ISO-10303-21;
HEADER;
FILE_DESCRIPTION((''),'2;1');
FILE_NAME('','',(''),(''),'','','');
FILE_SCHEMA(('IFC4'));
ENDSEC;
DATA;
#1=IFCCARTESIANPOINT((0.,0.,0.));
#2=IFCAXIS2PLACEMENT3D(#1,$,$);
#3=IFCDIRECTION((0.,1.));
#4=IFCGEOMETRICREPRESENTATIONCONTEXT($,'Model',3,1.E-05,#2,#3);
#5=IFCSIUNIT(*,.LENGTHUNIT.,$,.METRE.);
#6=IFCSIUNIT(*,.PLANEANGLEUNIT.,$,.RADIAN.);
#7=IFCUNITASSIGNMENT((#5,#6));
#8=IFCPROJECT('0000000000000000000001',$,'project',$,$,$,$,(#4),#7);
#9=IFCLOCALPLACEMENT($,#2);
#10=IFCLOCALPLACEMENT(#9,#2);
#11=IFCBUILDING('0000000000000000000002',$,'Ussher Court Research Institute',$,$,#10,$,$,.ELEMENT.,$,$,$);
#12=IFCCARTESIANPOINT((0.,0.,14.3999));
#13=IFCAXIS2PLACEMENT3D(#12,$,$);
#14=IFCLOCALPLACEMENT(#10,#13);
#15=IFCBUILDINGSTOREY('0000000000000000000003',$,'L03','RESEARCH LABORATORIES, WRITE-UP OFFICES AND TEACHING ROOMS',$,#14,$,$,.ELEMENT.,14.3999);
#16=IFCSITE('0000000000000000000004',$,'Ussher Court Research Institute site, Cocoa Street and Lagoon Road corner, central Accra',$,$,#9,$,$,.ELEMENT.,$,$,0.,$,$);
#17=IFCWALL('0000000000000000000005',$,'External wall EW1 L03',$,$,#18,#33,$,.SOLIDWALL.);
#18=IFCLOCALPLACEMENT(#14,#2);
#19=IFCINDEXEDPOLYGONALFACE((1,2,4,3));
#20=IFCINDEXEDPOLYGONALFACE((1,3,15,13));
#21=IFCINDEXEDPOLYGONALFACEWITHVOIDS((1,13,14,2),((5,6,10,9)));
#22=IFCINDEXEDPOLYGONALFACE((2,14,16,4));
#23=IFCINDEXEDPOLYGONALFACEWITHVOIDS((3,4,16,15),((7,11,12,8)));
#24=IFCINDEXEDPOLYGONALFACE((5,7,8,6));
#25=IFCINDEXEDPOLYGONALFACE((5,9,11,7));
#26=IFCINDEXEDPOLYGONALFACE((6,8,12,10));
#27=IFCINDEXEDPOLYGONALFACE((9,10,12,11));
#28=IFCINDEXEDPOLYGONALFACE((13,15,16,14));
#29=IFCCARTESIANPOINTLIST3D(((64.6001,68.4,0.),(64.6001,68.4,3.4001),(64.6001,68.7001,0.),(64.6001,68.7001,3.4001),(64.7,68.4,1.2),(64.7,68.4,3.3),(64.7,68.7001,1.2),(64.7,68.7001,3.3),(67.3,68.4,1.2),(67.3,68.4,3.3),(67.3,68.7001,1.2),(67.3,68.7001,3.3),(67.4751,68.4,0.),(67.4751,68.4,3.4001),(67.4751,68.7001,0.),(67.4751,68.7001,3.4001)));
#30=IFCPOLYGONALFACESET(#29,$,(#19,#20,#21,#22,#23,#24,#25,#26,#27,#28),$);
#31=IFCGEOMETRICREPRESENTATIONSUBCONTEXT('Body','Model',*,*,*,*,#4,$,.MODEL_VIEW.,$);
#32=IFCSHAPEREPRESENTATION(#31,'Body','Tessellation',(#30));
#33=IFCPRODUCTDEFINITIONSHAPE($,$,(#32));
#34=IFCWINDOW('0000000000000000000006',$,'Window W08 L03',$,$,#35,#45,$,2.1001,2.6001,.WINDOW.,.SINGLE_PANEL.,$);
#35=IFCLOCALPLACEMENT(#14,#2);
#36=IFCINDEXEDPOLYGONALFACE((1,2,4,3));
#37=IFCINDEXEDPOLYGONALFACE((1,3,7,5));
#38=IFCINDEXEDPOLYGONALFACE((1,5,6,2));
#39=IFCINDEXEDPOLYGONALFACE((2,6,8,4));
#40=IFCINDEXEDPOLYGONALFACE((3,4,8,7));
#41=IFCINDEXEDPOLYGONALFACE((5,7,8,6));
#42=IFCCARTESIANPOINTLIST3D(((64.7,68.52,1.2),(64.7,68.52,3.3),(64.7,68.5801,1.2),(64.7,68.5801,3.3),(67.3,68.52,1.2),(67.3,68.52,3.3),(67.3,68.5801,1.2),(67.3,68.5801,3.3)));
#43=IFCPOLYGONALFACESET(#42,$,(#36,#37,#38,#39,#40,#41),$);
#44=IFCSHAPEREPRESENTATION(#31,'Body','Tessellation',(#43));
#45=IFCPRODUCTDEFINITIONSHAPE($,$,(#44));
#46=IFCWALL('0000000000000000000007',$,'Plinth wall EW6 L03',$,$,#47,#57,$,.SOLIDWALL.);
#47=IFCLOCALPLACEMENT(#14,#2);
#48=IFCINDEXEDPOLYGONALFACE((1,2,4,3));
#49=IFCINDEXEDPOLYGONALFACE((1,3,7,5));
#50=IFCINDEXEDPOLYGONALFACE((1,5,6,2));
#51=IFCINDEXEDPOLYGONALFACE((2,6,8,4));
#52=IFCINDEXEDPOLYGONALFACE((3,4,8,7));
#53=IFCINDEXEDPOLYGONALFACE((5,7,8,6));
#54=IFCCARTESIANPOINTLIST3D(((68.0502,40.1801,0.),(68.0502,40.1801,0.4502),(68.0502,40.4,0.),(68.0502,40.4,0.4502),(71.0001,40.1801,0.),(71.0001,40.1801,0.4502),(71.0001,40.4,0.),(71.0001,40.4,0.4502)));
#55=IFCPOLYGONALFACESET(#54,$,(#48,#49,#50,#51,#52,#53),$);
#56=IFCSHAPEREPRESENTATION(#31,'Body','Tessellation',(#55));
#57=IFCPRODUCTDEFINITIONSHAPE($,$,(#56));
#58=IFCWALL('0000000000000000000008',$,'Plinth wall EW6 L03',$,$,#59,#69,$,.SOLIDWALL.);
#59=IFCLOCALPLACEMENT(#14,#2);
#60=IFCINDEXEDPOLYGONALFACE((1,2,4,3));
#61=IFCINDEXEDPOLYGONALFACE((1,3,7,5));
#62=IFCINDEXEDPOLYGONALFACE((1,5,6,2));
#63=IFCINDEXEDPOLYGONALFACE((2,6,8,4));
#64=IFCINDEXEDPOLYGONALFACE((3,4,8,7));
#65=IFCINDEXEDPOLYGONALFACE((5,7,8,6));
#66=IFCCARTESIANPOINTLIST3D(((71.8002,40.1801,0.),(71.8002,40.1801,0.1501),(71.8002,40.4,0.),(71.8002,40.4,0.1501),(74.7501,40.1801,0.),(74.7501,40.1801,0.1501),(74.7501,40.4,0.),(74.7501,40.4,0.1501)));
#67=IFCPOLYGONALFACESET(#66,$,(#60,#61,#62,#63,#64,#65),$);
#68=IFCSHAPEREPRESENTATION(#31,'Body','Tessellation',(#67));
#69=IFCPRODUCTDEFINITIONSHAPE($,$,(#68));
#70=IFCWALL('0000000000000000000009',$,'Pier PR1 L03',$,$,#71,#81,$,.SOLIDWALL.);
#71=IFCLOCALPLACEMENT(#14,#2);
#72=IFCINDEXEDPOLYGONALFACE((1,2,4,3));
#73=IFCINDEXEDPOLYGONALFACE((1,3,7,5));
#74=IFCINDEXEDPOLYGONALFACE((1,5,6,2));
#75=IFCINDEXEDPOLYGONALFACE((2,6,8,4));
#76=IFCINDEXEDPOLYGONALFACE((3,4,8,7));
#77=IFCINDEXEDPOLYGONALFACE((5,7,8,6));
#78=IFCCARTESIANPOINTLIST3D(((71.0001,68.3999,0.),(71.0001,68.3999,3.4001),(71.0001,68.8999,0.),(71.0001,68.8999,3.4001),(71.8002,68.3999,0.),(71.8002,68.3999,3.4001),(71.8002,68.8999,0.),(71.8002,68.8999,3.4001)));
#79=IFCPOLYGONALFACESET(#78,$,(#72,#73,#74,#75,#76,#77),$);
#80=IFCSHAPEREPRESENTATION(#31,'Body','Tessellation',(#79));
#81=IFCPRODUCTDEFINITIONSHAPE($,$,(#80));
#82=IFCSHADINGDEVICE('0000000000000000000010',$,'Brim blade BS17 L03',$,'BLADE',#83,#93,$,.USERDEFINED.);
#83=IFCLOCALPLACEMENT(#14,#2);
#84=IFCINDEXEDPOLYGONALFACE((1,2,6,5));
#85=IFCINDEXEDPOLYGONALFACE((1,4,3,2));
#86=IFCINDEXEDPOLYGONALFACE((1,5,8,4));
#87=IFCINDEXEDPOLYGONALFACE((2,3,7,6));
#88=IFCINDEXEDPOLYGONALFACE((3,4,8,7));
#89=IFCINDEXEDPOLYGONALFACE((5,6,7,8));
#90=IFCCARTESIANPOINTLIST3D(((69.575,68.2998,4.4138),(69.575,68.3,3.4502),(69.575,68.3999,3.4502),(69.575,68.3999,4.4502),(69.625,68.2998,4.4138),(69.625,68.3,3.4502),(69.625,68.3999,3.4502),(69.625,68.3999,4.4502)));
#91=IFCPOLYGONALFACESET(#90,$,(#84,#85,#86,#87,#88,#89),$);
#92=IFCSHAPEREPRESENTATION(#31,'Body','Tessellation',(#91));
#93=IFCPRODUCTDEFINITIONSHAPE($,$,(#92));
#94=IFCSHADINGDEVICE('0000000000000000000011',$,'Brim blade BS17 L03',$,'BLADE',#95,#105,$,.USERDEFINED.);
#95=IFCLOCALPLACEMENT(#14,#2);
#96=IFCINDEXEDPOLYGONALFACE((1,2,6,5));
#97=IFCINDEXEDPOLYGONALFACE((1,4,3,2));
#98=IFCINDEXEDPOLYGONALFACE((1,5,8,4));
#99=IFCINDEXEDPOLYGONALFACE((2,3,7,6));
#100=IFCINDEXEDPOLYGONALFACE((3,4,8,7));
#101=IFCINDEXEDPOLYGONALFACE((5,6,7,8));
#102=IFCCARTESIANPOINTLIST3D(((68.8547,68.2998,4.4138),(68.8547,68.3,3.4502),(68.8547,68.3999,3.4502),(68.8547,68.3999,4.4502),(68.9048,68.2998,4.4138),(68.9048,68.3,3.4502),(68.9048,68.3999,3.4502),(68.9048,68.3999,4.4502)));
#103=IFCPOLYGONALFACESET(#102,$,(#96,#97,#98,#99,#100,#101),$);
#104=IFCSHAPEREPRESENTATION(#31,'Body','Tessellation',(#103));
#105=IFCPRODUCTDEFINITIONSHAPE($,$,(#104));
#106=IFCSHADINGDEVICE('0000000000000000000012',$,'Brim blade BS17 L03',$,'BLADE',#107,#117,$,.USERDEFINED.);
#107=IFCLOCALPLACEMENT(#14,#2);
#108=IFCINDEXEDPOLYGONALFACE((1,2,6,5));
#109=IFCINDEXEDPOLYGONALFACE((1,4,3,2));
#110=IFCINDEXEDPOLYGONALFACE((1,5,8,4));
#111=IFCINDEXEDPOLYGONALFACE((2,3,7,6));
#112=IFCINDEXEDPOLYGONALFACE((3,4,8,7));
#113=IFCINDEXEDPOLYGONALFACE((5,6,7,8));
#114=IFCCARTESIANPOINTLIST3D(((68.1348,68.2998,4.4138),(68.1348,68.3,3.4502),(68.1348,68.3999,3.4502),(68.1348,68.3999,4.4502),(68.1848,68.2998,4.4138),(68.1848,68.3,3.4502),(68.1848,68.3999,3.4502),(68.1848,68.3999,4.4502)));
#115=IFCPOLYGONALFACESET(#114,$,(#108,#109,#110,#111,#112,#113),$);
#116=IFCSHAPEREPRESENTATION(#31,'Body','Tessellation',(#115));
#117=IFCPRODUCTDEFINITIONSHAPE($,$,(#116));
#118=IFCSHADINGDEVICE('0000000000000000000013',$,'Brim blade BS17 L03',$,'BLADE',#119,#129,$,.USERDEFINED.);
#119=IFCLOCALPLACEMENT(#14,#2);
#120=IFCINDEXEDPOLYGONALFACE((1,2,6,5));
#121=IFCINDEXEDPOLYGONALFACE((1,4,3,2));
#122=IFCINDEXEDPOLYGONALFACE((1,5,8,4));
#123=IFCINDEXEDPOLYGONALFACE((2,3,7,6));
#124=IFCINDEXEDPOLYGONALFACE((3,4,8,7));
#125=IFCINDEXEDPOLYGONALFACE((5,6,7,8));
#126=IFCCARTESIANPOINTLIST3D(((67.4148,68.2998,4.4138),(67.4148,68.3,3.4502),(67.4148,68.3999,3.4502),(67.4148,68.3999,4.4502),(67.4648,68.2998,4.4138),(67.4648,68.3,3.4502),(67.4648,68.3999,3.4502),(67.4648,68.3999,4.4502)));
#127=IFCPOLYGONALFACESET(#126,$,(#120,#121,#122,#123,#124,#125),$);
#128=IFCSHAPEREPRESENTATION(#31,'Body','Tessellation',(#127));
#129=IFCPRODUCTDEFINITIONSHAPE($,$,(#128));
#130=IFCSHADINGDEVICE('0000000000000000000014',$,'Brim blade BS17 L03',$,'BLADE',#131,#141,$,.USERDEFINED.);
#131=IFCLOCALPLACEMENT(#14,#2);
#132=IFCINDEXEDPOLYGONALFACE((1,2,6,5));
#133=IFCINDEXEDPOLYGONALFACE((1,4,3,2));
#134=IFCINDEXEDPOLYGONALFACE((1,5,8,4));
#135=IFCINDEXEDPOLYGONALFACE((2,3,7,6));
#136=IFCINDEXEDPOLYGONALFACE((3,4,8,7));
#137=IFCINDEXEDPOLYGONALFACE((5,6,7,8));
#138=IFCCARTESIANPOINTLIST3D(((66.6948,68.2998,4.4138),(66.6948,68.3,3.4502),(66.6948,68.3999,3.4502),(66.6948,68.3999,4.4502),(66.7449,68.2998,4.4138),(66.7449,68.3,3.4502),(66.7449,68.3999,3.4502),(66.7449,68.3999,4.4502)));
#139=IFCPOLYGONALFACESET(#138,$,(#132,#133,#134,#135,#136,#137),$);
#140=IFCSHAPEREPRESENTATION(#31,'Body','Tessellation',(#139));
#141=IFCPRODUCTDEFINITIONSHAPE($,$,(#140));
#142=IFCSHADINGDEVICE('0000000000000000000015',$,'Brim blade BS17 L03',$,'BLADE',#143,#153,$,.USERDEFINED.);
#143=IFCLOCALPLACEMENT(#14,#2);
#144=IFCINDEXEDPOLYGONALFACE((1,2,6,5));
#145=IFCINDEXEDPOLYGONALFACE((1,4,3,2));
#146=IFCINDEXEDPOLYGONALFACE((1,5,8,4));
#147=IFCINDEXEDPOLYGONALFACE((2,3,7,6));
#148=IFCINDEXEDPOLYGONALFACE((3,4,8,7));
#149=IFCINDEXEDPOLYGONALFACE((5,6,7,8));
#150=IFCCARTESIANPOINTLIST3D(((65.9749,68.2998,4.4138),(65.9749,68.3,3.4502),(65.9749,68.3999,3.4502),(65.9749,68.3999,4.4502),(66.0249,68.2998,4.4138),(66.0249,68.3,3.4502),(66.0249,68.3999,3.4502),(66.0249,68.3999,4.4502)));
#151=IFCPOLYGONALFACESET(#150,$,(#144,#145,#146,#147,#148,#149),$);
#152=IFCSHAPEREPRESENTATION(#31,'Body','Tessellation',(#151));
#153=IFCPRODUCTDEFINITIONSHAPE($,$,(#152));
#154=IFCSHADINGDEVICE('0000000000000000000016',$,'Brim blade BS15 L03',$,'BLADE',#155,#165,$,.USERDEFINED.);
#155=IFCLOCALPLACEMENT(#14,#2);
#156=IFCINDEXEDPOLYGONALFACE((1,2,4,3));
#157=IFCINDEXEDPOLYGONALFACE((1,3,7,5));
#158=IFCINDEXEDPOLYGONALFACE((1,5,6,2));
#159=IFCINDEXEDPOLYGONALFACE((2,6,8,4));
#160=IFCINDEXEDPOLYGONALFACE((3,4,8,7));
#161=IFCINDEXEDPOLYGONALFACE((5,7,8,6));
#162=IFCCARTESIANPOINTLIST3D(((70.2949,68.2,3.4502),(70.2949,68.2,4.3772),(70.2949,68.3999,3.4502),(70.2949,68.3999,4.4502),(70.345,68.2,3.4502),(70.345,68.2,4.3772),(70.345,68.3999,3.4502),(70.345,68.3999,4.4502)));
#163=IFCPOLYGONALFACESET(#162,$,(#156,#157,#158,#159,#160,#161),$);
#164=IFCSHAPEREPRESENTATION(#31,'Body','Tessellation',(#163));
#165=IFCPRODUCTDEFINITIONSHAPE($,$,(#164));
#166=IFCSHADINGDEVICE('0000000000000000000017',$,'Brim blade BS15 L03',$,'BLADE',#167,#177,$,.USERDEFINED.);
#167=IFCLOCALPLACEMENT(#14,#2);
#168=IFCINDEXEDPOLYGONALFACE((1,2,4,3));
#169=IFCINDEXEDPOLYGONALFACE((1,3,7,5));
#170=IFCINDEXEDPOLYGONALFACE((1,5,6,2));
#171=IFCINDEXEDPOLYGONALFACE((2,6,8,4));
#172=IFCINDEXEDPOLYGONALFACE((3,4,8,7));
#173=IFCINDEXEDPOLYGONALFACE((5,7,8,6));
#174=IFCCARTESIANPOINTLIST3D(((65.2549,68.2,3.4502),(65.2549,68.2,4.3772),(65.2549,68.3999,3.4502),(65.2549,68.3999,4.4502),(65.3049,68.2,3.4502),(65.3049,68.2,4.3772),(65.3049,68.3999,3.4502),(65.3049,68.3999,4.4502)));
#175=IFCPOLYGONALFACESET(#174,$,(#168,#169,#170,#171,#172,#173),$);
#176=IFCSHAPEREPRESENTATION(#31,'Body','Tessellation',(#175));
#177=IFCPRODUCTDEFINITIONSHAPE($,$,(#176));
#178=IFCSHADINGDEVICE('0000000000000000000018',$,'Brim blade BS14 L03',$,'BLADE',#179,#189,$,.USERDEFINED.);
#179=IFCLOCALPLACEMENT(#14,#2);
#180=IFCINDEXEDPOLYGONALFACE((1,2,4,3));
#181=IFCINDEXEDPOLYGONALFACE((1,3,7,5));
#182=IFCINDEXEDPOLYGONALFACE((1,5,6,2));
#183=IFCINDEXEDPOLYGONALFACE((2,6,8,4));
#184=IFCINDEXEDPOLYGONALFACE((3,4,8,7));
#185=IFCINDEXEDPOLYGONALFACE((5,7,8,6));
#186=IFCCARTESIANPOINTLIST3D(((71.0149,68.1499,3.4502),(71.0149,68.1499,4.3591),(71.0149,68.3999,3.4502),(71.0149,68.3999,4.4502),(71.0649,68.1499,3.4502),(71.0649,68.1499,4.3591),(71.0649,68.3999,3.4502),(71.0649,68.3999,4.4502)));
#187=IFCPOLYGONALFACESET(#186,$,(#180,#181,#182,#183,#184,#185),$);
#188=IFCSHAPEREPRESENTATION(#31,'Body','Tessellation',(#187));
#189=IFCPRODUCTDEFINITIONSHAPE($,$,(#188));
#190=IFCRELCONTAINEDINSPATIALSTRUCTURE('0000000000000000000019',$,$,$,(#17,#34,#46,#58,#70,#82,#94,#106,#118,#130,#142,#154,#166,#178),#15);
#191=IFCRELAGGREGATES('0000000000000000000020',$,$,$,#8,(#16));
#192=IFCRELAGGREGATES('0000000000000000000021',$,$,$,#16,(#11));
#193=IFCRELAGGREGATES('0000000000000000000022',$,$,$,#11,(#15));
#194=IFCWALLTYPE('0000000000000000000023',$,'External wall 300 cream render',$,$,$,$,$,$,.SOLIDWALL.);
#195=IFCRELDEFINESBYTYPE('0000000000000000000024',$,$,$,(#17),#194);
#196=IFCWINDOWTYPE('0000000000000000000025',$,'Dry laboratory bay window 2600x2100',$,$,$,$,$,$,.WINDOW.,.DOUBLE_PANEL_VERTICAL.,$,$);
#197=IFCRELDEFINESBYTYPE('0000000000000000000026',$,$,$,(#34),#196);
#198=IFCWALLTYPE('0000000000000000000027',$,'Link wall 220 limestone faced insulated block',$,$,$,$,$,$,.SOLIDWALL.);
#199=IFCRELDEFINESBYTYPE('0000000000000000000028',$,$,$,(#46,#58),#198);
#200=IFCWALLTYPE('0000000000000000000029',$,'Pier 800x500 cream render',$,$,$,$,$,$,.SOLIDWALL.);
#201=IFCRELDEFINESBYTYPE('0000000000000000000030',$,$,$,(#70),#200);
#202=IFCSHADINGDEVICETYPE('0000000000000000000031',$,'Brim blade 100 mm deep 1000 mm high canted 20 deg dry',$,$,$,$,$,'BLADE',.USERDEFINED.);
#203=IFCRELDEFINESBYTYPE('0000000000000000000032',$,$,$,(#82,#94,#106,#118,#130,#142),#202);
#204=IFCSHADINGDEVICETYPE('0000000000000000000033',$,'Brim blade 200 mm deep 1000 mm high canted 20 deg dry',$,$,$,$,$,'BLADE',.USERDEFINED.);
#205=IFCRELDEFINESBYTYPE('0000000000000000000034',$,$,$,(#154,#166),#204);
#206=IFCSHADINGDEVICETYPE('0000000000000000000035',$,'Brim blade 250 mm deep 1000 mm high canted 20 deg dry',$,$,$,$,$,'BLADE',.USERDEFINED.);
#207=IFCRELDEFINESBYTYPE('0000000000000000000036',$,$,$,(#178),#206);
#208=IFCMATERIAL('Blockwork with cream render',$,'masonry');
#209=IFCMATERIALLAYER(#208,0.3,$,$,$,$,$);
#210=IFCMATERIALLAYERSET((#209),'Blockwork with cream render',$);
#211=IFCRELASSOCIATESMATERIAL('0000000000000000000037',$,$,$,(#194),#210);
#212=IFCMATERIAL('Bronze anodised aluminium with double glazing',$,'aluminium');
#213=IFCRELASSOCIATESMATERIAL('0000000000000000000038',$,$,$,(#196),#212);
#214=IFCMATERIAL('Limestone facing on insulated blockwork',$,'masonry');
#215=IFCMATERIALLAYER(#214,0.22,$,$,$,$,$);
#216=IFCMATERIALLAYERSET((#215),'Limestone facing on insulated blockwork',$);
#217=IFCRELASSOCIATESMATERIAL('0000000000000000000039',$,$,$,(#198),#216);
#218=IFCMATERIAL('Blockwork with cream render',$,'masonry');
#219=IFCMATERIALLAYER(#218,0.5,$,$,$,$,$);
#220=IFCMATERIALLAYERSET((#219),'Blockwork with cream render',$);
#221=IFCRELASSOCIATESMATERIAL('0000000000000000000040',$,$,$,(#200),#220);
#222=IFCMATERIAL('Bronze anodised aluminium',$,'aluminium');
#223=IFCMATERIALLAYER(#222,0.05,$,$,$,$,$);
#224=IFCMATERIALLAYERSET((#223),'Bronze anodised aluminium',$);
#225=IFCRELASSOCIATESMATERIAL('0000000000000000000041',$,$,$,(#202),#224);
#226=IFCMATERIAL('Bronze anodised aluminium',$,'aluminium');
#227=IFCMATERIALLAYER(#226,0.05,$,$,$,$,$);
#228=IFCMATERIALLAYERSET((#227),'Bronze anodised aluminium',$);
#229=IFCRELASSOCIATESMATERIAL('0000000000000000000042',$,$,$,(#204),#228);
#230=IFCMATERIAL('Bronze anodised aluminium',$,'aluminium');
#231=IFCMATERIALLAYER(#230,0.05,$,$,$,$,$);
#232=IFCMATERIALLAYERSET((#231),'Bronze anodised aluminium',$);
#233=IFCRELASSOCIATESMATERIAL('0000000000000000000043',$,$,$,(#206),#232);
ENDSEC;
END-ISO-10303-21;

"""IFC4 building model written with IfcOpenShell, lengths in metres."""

from ifc_helpers import new_model, si_unit, direction, frame, frame_2d, origin, place, context, subcontext, project, spatial, polyline, rectangle, outline, extrude, material, layer, layer_set, type_object, element, fill, save


model = new_model("IFC4")

# Units and contexts
model_context = context("Model", 3, precision=1e-05, world=origin(), true_north=direction((0.0, 1.0)))
body_context = subcontext(model_context, "Body", "Model", "MODEL_VIEW")
ifc_project = project(units=[si_unit("LENGTHUNIT", "METRE"), si_unit("PLANEANGLEUNIT", "RADIAN")], contexts=[model_context])

# Site, building, storey
site_placement = place(None, origin())
site = spatial("IfcSite", under=ifc_project, at=site_placement, Name="Ussher Court Research Institute site, Cocoa Street and Lagoon Road corner, central Accra", CompositionType="ELEMENT", RefElevation=0.0)
building_placement = place(site_placement, origin())
building = spatial("IfcBuilding", under=site, at=building_placement, Name="Ussher Court Research Institute", CompositionType="ELEMENT")
storey_placement = place(building_placement, frame((0.0, 0.0, 14.3999)))
storey = spatial("IfcBuildingStorey", under=building, at=storey_placement, Name="L03", Description="RESEARCH LABORATORIES, WRITE-UP OFFICES AND TEACHING ROOMS", CompositionType="ELEMENT", Elevation=14.3999)

# Wall, opening, window
ifc_material_1 = material(Name="Blockwork with cream render", Category="masonry")
ifc_layer_1 = layer(ifc_material_1, 0.3)
ifc_layer_set_1 = layer_set([ifc_layer_1], Name="Blockwork with cream render")
wall_type_1 = type_object("IfcWallType", Name="External wall 300 cream render", PredefinedType="SOLIDWALL", material=ifc_layer_set_1)
ifc_material_2 = material(Name="Bronze anodised aluminium with double glazing", Category="aluminium")
window_type = type_object("IfcWindowType", Name="Dry laboratory bay window 2600x2100", PartitioningType="DOUBLE_PANEL_VERTICAL", PredefinedType="WINDOW", material=ifc_material_2)
wall_1_placement = place(storey_placement, frame((67.4751, 68.55, 0.0), z_axis=(0.0, 0.0, 1.0), x_axis=(-1.0, 0.0, 0.0)))
wall_1 = element("IfcWall", 1, at=wall_1_placement, inside=storey, type_object=wall_type_1, Name="External wall EW1 L03", PredefinedType="SOLIDWALL", context=body_context, shape_type="SweptSolid", body=[
    extrude(rectangle(XDim=2.875, YDim=0.3, at=frame_2d((1.4375, 0.0))), origin(), (0.0, 0.0, 1.0), 3.4001),
])
opening_1_placement = place(wall_1_placement, frame((0.175, 0.0, 1.2)))
opening_1 = element("IfcOpeningElement", 2, at=opening_1_placement, cuts=wall_1, PredefinedType="OPENING", context=body_context, shape_type="SweptSolid", body=[
    extrude(rectangle(XDim=2.6001, YDim=2.1001, at=frame_2d((1.3, 1.05))), frame((0.0, 0.1602, 0.0), z_axis=(0.0, -1.0, 0.0), x_axis=(1.0, 0.0, 0.0)), (0.0, 0.0, 1.0), 0.3201),
])
window_1_placement = place(opening_1_placement, origin())
window_1 = element("IfcWindow", 3, at=window_1_placement, inside=storey, type_object=window_type, Name="Window W08 L03", OverallHeight=2.1001, OverallWidth=2.6001, PartitioningType="SINGLE_PANEL", PredefinedType="WINDOW", context=body_context, shape_type="SweptSolid", body=[
    extrude(rectangle(XDim=2.6001, YDim=2.1001, at=frame_2d((1.3, 1.05))), frame((0.0, 0.03, 0.0), z_axis=(0.0, -1.0, 0.0), x_axis=(1.0, 0.0, 0.0)), (0.0, 0.0, 1.0), 0.0601),
])
fill(opening_1, window_1)

# Walls
ifc_material_3 = material(Name="Limestone facing on insulated blockwork", Category="masonry")
ifc_layer_2 = layer(ifc_material_3, 0.22)
ifc_layer_set_2 = layer_set([ifc_layer_2], Name="Limestone facing on insulated blockwork")
wall_type_2 = type_object("IfcWallType", Name="Link wall 220 limestone faced insulated block", PredefinedType="SOLIDWALL", material=ifc_layer_set_2)
wall_2_placement = place(storey_placement, frame((68.05, 40.29, 0.0), z_axis=(0.0, 0.0, 1.0), x_axis=(1.0, 0.0, 0.0)))
element("IfcWall", 4, at=wall_2_placement, inside=storey, type_object=wall_type_2, Name="Plinth wall EW6 L03", PredefinedType="SOLIDWALL", context=body_context, shape_type="SweptSolid", body=[
    extrude(rectangle(XDim=2.95, YDim=0.22, at=frame_2d((1.4751, 0.0))), origin(), (0.0, 0.0, 1.0), 0.4502),
])
wall_3_placement = place(storey_placement, frame((71.8, 40.29, 0.0), z_axis=(0.0, 0.0, 1.0), x_axis=(1.0, 0.0, 0.0)))
element("IfcWall", 5, at=wall_3_placement, inside=storey, type_object=wall_type_2, Name="Plinth wall EW6 L03", PredefinedType="SOLIDWALL", context=body_context, shape_type="SweptSolid", body=[
    extrude(rectangle(XDim=2.95, YDim=0.22, at=frame_2d((1.4751, 0.0))), origin(), (0.0, 0.0, 1.0), 0.1501),
])
ifc_material_4 = material(Name="Blockwork with cream render", Category="masonry")
ifc_layer_3 = layer(ifc_material_4, 0.5)
ifc_layer_set_3 = layer_set([ifc_layer_3], Name="Blockwork with cream render")
wall_type_3 = type_object("IfcWallType", Name="Pier 800x500 cream render", PredefinedType="SOLIDWALL", material=ifc_layer_set_3)
wall_4_placement = place(storey_placement, frame((71.8, 68.6499, 0.0), z_axis=(0.0, 0.0, 1.0), x_axis=(-1.0, 0.0, 0.0)))
element("IfcWall", 6, at=wall_4_placement, inside=storey, type_object=wall_type_3, Name="Pier PR1 L03", PredefinedType="SOLIDWALL", context=body_context, shape_type="SweptSolid", body=[
    extrude(rectangle(XDim=0.8, YDim=0.5, at=frame_2d((0.3999, 0.0))), origin(), (0.0, 0.0, 1.0), 3.4001),
])

# Shading devices
ifc_material_5 = material(Name="Bronze anodised aluminium", Category="aluminium")
ifc_layer_4 = layer(ifc_material_5, 0.05)
ifc_layer_set_4 = layer_set([ifc_layer_4], Name="Bronze anodised aluminium")
shading_device_type_1 = type_object("IfcShadingDeviceType", Name="Brim blade 100 mm deep 1000 mm high canted 20 deg dry", ElementType="BLADE", PredefinedType="USERDEFINED", material=ifc_layer_set_4)
for number, where, z_axis, x_axis, name in (
    (7, (69.6001, 68.3999, 3.4502), (0.0, 0.0, 1.0), (0.0, -1.0, 0.0), "Brim blade BS17 L03"),
    (8, (68.8799, 68.3999, 3.4502), (0.0, 0.0, 1.0), (0.0, -1.0, 0.0), "Brim blade BS17 L03"),
    (9, (68.1599, 68.3999, 3.4502), (0.0, 0.0, 1.0), (0.0, -1.0, 0.0), "Brim blade BS17 L03"),
    (10, (67.4399, 68.3999, 3.4502), (0.0, 0.0, 1.0), (0.0, -1.0, 0.0), "Brim blade BS17 L03"),
    (11, (66.72, 68.3999, 3.4502), (0.0, 0.0, 1.0), (0.0, -1.0, 0.0), "Brim blade BS17 L03"),
    (12, (66.0, 68.3999, 3.4502), (0.0, 0.0, 1.0), (0.0, -1.0, 0.0), "Brim blade BS17 L03"),
):
    element("IfcShadingDevice", number, at=place(storey_placement, frame(where, z_axis=z_axis, x_axis=x_axis)), inside=storey, type_object=shading_device_type_1, Name=name, ObjectType="BLADE", PredefinedType="USERDEFINED", context=body_context, shape_type="SweptSolid", body=[
        extrude(outline(polyline([(0.0, 0.0), (0.0999, 0.0), (0.1001, 0.9636), (0.0, 1.0), (0.0, 0.0)])), frame((0.0, 0.0249, 0.0), z_axis=(0.0, -1.0, 0.0), x_axis=(1.0, 0.0, 0.0)), (0.0, 0.0, 1.0), 0.05),
    ])
ifc_material_6 = material(Name="Bronze anodised aluminium", Category="aluminium")
ifc_layer_5 = layer(ifc_material_6, 0.05)
ifc_layer_set_5 = layer_set([ifc_layer_5], Name="Bronze anodised aluminium")
shading_device_type_2 = type_object("IfcShadingDeviceType", Name="Brim blade 200 mm deep 1000 mm high canted 20 deg dry", ElementType="BLADE", PredefinedType="USERDEFINED", material=ifc_layer_set_5)
for number, where, z_axis, x_axis, name in (
    (13, (70.3201, 68.3999, 3.4502), (0.0, 0.0, 1.0), (0.0, -1.0, 0.0), "Brim blade BS15 L03"),
    (14, (65.28, 68.3999, 3.4502), (0.0, 0.0, 1.0), (0.0, -1.0, 0.0), "Brim blade BS15 L03"),
):
    element("IfcShadingDevice", number, at=place(storey_placement, frame(where, z_axis=z_axis, x_axis=x_axis)), inside=storey, type_object=shading_device_type_2, Name=name, ObjectType="BLADE", PredefinedType="USERDEFINED", context=body_context, shape_type="SweptSolid", body=[
        extrude(outline(polyline([(0.0, 0.0), (0.2, 0.0), (0.2, 0.927), (0.0, 1.0), (0.0, 0.0)])), frame((0.0, 0.0249, 0.0), z_axis=(0.0, -1.0, 0.0), x_axis=(1.0, 0.0, 0.0)), (0.0, 0.0, 1.0), 0.05),
    ])
ifc_material_7 = material(Name="Bronze anodised aluminium", Category="aluminium")
ifc_layer_6 = layer(ifc_material_7, 0.05)
ifc_layer_set_6 = layer_set([ifc_layer_6], Name="Bronze anodised aluminium")
shading_device_type_3 = type_object("IfcShadingDeviceType", Name="Brim blade 250 mm deep 1000 mm high canted 20 deg dry", ElementType="BLADE", PredefinedType="USERDEFINED", material=ifc_layer_set_6)
shading_device_1_placement = place(storey_placement, frame((71.04, 68.3999, 3.4502), z_axis=(0.0, 0.0, 1.0), x_axis=(0.0, -1.0, 0.0)))
element("IfcShadingDevice", 15, at=shading_device_1_placement, inside=storey, type_object=shading_device_type_3, Name="Brim blade BS14 L03", ObjectType="BLADE", PredefinedType="USERDEFINED", context=body_context, shape_type="SweptSolid", body=[
    extrude(outline(polyline([(0.0, 0.0), (0.25, 0.0), (0.25, 0.9089), (0.0, 1.0), (0.0, 0.0)])), frame((0.0, 0.0249, 0.0), z_axis=(0.0, -1.0, 0.0), x_axis=(1.0, 0.0, 0.0)), (0.0, 0.0, 1.0), 0.05),
])

save(model, "model.ifc")
